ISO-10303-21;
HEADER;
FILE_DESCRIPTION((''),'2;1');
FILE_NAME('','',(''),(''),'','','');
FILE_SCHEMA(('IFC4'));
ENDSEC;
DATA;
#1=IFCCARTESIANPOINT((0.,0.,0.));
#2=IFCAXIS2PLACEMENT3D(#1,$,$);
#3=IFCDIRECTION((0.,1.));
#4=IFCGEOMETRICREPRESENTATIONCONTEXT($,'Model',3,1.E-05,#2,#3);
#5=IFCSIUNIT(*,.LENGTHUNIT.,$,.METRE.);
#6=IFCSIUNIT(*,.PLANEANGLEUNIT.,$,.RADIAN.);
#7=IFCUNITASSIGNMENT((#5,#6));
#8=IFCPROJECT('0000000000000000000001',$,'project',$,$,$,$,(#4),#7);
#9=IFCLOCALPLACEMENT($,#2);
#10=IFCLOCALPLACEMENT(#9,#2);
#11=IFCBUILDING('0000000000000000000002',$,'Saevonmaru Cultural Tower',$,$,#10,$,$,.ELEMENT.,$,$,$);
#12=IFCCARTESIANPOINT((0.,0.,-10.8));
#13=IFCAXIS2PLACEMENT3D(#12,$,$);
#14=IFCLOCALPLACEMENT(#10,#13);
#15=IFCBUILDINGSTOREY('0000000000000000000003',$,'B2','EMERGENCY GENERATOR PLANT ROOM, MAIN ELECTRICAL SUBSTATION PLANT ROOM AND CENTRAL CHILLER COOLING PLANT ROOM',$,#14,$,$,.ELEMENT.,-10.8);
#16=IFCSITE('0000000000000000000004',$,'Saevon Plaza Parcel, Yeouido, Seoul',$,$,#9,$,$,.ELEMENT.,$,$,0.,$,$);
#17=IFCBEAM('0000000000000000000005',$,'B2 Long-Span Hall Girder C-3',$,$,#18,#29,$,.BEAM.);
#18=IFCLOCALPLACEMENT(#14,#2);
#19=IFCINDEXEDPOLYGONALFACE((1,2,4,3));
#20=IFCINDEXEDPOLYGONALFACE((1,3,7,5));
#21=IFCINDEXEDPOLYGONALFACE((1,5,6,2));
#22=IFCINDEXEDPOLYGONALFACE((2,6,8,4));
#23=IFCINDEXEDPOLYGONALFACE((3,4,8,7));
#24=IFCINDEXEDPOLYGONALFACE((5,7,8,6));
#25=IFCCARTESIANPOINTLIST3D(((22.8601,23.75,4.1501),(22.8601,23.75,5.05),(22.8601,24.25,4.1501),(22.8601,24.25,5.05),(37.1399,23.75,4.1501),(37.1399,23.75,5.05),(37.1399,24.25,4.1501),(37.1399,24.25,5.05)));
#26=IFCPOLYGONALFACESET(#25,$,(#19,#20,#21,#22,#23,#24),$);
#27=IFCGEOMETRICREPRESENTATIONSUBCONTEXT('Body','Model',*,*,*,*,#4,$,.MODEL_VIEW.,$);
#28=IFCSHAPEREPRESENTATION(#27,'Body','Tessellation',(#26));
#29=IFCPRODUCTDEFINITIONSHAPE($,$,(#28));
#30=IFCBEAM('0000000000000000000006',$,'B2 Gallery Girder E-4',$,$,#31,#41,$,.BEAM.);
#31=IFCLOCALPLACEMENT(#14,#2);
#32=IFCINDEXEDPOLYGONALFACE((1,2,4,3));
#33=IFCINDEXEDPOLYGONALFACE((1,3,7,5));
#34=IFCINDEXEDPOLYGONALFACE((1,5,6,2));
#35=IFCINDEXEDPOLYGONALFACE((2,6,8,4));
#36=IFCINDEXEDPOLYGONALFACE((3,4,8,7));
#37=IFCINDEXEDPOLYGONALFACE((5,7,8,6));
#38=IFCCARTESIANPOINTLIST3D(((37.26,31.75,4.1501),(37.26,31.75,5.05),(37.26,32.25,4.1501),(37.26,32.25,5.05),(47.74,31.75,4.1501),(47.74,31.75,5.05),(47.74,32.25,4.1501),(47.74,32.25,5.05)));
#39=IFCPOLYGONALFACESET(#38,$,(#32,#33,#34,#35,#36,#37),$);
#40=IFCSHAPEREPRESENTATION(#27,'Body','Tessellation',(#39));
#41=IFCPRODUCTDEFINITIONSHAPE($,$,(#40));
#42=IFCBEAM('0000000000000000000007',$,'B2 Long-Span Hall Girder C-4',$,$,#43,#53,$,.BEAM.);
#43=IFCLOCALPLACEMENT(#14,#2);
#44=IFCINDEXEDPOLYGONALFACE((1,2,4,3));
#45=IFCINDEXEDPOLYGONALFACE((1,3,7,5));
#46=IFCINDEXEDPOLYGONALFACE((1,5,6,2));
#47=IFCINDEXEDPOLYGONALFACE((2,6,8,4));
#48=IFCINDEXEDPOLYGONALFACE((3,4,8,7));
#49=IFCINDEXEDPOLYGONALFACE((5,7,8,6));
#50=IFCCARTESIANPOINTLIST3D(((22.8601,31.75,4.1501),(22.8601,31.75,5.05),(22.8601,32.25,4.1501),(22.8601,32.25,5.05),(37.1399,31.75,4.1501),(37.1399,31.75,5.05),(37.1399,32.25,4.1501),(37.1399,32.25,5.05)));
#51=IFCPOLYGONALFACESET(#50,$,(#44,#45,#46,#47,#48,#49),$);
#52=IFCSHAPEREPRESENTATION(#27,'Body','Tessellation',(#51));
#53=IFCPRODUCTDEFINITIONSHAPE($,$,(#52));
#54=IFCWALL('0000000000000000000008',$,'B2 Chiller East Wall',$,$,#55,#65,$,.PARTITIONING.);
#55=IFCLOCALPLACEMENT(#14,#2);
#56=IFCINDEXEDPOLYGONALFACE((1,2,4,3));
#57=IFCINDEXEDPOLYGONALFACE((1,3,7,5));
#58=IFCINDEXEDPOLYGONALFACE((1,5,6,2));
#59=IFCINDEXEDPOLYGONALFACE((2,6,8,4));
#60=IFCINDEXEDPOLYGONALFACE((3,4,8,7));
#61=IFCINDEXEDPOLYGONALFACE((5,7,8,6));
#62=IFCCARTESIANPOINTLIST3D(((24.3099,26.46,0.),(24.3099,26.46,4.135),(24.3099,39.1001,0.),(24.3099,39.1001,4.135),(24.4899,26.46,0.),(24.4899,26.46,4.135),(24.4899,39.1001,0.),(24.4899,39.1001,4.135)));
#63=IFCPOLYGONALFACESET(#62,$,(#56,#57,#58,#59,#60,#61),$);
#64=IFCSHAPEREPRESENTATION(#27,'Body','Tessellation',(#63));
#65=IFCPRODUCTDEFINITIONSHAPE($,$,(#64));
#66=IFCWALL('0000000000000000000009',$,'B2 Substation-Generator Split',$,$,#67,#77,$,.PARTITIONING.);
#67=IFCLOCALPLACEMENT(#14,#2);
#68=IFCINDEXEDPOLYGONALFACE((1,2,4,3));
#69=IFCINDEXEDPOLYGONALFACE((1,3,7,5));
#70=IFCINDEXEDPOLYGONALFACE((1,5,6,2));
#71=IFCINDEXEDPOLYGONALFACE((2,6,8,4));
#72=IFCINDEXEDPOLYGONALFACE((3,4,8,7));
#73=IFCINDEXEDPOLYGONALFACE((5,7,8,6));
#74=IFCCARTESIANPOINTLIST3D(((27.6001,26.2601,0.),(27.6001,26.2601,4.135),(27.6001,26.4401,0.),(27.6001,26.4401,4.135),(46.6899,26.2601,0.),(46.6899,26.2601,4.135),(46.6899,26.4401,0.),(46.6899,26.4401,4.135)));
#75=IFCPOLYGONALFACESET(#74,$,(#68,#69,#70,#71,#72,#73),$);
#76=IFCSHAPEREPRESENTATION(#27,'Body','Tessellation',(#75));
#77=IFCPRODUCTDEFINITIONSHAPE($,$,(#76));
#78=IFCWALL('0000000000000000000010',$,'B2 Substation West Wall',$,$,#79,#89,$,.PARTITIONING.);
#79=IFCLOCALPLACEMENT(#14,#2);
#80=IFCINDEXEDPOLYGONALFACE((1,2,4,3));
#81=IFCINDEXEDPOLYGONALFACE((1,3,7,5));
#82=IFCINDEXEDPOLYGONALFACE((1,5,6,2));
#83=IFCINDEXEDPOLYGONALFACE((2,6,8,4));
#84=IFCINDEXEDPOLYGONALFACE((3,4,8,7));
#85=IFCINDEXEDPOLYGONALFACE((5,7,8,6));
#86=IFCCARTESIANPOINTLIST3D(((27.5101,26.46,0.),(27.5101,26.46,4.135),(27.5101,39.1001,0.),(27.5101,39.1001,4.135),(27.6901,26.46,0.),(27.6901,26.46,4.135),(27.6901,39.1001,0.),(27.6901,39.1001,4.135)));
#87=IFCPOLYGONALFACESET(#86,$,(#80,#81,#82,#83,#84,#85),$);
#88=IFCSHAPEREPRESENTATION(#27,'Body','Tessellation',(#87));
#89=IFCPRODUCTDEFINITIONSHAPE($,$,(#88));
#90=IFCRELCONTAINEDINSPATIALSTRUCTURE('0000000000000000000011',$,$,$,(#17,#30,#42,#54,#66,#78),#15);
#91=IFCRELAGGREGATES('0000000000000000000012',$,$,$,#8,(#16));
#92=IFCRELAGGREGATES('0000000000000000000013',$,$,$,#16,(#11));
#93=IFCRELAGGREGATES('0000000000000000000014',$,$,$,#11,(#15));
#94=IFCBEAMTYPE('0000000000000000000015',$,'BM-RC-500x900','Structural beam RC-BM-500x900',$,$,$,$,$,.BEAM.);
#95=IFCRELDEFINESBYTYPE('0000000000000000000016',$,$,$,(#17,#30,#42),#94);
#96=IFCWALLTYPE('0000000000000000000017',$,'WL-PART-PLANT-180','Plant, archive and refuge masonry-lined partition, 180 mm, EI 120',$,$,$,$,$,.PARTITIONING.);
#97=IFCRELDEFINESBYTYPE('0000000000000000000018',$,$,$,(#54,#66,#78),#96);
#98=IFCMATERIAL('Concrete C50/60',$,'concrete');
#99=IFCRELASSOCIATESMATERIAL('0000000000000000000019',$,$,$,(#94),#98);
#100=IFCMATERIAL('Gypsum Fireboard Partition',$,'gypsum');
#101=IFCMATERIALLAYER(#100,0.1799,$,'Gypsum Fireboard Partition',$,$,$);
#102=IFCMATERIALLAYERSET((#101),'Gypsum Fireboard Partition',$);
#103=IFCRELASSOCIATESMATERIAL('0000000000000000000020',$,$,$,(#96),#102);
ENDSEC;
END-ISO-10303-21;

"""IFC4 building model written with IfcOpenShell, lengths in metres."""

from ifc_helpers import new_model, si_unit, direction, frame, frame_2d, origin, origin_2d, place, context, subcontext, project, spatial, rectangle, extrude, material, layer, layer_set, material_profile, profile_set, type_object, element, save


model = new_model("IFC4")

# Units and contexts
model_context = context("Model", 3, precision=1e-05, world=origin(), true_north=direction((0.0, 1.0)))
body_context = subcontext(model_context, "Body", "Model", "MODEL_VIEW")
ifc_project = project(units=[si_unit("LENGTHUNIT", "METRE"), si_unit("PLANEANGLEUNIT", "RADIAN")], contexts=[model_context])

# Site, building, storey
site_placement = place(None, origin())
site = spatial("IfcSite", under=ifc_project, at=site_placement, Name="Saevon Plaza Parcel, Yeouido, Seoul", CompositionType="ELEMENT", RefElevation=0.0)
building_placement = place(site_placement, origin())
building = spatial("IfcBuilding", under=site, at=building_placement, Name="Saevonmaru Cultural Tower", CompositionType="ELEMENT")
storey_placement = place(building_placement, frame((0.0, 0.0, -10.8)))
storey = spatial("IfcBuildingStorey", under=building, at=storey_placement, Name="B2", Description="EMERGENCY GENERATOR PLANT ROOM, MAIN ELECTRICAL SUBSTATION PLANT ROOM AND CENTRAL CHILLER COOLING PLANT ROOM", CompositionType="ELEMENT", Elevation=-10.8)

# Shared definitions
ifc_material_1 = material(Name="Concrete C50/60", Category="concrete")

# Beams
ifc_material_profile_1 = material_profile(ifc_material_1, rectangle(XDim=0.5, YDim=0.8999, at=origin_2d()), Name="RC-BM-500x900")
ifc_profile_set_1 = profile_set([ifc_material_profile_1], Name="Concrete C50/60")
beam_type_1 = type_object("IfcBeamType", Name="BM-RC-500x900", Description="Structural beam RC-BM-500x900", PredefinedType="BEAM", material=ifc_profile_set_1)
beam_1_placement = place(storey_placement, frame((22.8601, 24.0, 4.6001), z_axis=(1.0, 0.0, 0.0), x_axis=(0.0, 1.0, 0.0)))
element("IfcBeam", 1, at=beam_1_placement, inside=storey, type_object=beam_type_1, Name="B2 Long-Span Hall Girder C-3", PredefinedType="BEAM", context=body_context, shape_type="SweptSolid", body=[
    extrude(rectangle(XDim=0.5, YDim=0.8999, at=origin_2d()), origin(), (0.0, 0.0, 1.0), 14.2798),
])
beam_2_placement = place(storey_placement, frame((37.26, 32.0, 4.6001), z_axis=(1.0, 0.0, 0.0), x_axis=(0.0, 1.0, 0.0)))
element("IfcBeam", 2, at=beam_2_placement, inside=storey, type_object=beam_type_1, Name="B2 Gallery Girder E-4", PredefinedType="BEAM", context=body_context, shape_type="SweptSolid", body=[
    extrude(rectangle(XDim=0.5, YDim=0.8999, at=origin_2d()), origin(), (0.0, 0.0, 1.0), 10.48),
])
beam_3_placement = place(storey_placement, frame((22.8601, 32.0, 4.6001), z_axis=(1.0, 0.0, 0.0), x_axis=(0.0, 1.0, 0.0)))
element("IfcBeam", 3, at=beam_3_placement, inside=storey, type_object=beam_type_1, Name="B2 Long-Span Hall Girder C-4", PredefinedType="BEAM", context=body_context, shape_type="SweptSolid", body=[
    extrude(rectangle(XDim=0.5, YDim=0.8999, at=origin_2d()), origin(), (0.0, 0.0, 1.0), 14.2798),
])

# Walls
ifc_material_2 = material(Name="Gypsum Fireboard Partition", Category="gypsum")
ifc_layer = layer(ifc_material_2, 0.1799, Name="Gypsum Fireboard Partition")
ifc_layer_set = layer_set([ifc_layer], Name="Gypsum Fireboard Partition")
wall_type = type_object("IfcWallType", Name="WL-PART-PLANT-180", Description="Plant, archive and refuge masonry-lined partition, 180 mm, EI 120", PredefinedType="PARTITIONING", material=ifc_layer_set)
wall_1_placement = place(storey_placement, frame((24.3999, 26.46, 0.0), z_axis=(0.0, 0.0, 1.0), x_axis=(0.0, 1.0, 0.0)))
element("IfcWall", 4, at=wall_1_placement, inside=storey, type_object=wall_type, Name="B2 Chiller East Wall", PredefinedType="PARTITIONING", context=body_context, shape_type="SweptSolid", body=[
    extrude(rectangle(XDim=12.6401, YDim=0.1799, at=frame_2d((6.3201, 0.0))), origin(), (0.0, 0.0, 1.0), 4.135),
])
wall_2_placement = place(storey_placement, frame((27.6001, 26.3501, 0.0), z_axis=(0.0, 0.0, 1.0), x_axis=(1.0, 0.0, 0.0)))
element("IfcWall", 5, at=wall_2_placement, inside=storey, type_object=wall_type, Name="B2 Substation-Generator Split", PredefinedType="PARTITIONING", context=body_context, shape_type="SweptSolid", body=[
    extrude(rectangle(XDim=19.0898, YDim=0.1799, at=frame_2d((9.5449, 0.0))), origin(), (0.0, 0.0, 1.0), 4.135),
])
wall_3_placement = place(storey_placement, frame((27.6001, 26.46, 0.0), z_axis=(0.0, 0.0, 1.0), x_axis=(0.0, 1.0, 0.0)))
element("IfcWall", 6, at=wall_3_placement, inside=storey, type_object=wall_type, Name="B2 Substation West Wall", PredefinedType="PARTITIONING", context=body_context, shape_type="SweptSolid", body=[
    extrude(rectangle(XDim=12.6401, YDim=0.1799, at=frame_2d((6.3201, 0.0))), origin(), (0.0, 0.0, 1.0), 4.135),
])

save(model, "model.ifc")
